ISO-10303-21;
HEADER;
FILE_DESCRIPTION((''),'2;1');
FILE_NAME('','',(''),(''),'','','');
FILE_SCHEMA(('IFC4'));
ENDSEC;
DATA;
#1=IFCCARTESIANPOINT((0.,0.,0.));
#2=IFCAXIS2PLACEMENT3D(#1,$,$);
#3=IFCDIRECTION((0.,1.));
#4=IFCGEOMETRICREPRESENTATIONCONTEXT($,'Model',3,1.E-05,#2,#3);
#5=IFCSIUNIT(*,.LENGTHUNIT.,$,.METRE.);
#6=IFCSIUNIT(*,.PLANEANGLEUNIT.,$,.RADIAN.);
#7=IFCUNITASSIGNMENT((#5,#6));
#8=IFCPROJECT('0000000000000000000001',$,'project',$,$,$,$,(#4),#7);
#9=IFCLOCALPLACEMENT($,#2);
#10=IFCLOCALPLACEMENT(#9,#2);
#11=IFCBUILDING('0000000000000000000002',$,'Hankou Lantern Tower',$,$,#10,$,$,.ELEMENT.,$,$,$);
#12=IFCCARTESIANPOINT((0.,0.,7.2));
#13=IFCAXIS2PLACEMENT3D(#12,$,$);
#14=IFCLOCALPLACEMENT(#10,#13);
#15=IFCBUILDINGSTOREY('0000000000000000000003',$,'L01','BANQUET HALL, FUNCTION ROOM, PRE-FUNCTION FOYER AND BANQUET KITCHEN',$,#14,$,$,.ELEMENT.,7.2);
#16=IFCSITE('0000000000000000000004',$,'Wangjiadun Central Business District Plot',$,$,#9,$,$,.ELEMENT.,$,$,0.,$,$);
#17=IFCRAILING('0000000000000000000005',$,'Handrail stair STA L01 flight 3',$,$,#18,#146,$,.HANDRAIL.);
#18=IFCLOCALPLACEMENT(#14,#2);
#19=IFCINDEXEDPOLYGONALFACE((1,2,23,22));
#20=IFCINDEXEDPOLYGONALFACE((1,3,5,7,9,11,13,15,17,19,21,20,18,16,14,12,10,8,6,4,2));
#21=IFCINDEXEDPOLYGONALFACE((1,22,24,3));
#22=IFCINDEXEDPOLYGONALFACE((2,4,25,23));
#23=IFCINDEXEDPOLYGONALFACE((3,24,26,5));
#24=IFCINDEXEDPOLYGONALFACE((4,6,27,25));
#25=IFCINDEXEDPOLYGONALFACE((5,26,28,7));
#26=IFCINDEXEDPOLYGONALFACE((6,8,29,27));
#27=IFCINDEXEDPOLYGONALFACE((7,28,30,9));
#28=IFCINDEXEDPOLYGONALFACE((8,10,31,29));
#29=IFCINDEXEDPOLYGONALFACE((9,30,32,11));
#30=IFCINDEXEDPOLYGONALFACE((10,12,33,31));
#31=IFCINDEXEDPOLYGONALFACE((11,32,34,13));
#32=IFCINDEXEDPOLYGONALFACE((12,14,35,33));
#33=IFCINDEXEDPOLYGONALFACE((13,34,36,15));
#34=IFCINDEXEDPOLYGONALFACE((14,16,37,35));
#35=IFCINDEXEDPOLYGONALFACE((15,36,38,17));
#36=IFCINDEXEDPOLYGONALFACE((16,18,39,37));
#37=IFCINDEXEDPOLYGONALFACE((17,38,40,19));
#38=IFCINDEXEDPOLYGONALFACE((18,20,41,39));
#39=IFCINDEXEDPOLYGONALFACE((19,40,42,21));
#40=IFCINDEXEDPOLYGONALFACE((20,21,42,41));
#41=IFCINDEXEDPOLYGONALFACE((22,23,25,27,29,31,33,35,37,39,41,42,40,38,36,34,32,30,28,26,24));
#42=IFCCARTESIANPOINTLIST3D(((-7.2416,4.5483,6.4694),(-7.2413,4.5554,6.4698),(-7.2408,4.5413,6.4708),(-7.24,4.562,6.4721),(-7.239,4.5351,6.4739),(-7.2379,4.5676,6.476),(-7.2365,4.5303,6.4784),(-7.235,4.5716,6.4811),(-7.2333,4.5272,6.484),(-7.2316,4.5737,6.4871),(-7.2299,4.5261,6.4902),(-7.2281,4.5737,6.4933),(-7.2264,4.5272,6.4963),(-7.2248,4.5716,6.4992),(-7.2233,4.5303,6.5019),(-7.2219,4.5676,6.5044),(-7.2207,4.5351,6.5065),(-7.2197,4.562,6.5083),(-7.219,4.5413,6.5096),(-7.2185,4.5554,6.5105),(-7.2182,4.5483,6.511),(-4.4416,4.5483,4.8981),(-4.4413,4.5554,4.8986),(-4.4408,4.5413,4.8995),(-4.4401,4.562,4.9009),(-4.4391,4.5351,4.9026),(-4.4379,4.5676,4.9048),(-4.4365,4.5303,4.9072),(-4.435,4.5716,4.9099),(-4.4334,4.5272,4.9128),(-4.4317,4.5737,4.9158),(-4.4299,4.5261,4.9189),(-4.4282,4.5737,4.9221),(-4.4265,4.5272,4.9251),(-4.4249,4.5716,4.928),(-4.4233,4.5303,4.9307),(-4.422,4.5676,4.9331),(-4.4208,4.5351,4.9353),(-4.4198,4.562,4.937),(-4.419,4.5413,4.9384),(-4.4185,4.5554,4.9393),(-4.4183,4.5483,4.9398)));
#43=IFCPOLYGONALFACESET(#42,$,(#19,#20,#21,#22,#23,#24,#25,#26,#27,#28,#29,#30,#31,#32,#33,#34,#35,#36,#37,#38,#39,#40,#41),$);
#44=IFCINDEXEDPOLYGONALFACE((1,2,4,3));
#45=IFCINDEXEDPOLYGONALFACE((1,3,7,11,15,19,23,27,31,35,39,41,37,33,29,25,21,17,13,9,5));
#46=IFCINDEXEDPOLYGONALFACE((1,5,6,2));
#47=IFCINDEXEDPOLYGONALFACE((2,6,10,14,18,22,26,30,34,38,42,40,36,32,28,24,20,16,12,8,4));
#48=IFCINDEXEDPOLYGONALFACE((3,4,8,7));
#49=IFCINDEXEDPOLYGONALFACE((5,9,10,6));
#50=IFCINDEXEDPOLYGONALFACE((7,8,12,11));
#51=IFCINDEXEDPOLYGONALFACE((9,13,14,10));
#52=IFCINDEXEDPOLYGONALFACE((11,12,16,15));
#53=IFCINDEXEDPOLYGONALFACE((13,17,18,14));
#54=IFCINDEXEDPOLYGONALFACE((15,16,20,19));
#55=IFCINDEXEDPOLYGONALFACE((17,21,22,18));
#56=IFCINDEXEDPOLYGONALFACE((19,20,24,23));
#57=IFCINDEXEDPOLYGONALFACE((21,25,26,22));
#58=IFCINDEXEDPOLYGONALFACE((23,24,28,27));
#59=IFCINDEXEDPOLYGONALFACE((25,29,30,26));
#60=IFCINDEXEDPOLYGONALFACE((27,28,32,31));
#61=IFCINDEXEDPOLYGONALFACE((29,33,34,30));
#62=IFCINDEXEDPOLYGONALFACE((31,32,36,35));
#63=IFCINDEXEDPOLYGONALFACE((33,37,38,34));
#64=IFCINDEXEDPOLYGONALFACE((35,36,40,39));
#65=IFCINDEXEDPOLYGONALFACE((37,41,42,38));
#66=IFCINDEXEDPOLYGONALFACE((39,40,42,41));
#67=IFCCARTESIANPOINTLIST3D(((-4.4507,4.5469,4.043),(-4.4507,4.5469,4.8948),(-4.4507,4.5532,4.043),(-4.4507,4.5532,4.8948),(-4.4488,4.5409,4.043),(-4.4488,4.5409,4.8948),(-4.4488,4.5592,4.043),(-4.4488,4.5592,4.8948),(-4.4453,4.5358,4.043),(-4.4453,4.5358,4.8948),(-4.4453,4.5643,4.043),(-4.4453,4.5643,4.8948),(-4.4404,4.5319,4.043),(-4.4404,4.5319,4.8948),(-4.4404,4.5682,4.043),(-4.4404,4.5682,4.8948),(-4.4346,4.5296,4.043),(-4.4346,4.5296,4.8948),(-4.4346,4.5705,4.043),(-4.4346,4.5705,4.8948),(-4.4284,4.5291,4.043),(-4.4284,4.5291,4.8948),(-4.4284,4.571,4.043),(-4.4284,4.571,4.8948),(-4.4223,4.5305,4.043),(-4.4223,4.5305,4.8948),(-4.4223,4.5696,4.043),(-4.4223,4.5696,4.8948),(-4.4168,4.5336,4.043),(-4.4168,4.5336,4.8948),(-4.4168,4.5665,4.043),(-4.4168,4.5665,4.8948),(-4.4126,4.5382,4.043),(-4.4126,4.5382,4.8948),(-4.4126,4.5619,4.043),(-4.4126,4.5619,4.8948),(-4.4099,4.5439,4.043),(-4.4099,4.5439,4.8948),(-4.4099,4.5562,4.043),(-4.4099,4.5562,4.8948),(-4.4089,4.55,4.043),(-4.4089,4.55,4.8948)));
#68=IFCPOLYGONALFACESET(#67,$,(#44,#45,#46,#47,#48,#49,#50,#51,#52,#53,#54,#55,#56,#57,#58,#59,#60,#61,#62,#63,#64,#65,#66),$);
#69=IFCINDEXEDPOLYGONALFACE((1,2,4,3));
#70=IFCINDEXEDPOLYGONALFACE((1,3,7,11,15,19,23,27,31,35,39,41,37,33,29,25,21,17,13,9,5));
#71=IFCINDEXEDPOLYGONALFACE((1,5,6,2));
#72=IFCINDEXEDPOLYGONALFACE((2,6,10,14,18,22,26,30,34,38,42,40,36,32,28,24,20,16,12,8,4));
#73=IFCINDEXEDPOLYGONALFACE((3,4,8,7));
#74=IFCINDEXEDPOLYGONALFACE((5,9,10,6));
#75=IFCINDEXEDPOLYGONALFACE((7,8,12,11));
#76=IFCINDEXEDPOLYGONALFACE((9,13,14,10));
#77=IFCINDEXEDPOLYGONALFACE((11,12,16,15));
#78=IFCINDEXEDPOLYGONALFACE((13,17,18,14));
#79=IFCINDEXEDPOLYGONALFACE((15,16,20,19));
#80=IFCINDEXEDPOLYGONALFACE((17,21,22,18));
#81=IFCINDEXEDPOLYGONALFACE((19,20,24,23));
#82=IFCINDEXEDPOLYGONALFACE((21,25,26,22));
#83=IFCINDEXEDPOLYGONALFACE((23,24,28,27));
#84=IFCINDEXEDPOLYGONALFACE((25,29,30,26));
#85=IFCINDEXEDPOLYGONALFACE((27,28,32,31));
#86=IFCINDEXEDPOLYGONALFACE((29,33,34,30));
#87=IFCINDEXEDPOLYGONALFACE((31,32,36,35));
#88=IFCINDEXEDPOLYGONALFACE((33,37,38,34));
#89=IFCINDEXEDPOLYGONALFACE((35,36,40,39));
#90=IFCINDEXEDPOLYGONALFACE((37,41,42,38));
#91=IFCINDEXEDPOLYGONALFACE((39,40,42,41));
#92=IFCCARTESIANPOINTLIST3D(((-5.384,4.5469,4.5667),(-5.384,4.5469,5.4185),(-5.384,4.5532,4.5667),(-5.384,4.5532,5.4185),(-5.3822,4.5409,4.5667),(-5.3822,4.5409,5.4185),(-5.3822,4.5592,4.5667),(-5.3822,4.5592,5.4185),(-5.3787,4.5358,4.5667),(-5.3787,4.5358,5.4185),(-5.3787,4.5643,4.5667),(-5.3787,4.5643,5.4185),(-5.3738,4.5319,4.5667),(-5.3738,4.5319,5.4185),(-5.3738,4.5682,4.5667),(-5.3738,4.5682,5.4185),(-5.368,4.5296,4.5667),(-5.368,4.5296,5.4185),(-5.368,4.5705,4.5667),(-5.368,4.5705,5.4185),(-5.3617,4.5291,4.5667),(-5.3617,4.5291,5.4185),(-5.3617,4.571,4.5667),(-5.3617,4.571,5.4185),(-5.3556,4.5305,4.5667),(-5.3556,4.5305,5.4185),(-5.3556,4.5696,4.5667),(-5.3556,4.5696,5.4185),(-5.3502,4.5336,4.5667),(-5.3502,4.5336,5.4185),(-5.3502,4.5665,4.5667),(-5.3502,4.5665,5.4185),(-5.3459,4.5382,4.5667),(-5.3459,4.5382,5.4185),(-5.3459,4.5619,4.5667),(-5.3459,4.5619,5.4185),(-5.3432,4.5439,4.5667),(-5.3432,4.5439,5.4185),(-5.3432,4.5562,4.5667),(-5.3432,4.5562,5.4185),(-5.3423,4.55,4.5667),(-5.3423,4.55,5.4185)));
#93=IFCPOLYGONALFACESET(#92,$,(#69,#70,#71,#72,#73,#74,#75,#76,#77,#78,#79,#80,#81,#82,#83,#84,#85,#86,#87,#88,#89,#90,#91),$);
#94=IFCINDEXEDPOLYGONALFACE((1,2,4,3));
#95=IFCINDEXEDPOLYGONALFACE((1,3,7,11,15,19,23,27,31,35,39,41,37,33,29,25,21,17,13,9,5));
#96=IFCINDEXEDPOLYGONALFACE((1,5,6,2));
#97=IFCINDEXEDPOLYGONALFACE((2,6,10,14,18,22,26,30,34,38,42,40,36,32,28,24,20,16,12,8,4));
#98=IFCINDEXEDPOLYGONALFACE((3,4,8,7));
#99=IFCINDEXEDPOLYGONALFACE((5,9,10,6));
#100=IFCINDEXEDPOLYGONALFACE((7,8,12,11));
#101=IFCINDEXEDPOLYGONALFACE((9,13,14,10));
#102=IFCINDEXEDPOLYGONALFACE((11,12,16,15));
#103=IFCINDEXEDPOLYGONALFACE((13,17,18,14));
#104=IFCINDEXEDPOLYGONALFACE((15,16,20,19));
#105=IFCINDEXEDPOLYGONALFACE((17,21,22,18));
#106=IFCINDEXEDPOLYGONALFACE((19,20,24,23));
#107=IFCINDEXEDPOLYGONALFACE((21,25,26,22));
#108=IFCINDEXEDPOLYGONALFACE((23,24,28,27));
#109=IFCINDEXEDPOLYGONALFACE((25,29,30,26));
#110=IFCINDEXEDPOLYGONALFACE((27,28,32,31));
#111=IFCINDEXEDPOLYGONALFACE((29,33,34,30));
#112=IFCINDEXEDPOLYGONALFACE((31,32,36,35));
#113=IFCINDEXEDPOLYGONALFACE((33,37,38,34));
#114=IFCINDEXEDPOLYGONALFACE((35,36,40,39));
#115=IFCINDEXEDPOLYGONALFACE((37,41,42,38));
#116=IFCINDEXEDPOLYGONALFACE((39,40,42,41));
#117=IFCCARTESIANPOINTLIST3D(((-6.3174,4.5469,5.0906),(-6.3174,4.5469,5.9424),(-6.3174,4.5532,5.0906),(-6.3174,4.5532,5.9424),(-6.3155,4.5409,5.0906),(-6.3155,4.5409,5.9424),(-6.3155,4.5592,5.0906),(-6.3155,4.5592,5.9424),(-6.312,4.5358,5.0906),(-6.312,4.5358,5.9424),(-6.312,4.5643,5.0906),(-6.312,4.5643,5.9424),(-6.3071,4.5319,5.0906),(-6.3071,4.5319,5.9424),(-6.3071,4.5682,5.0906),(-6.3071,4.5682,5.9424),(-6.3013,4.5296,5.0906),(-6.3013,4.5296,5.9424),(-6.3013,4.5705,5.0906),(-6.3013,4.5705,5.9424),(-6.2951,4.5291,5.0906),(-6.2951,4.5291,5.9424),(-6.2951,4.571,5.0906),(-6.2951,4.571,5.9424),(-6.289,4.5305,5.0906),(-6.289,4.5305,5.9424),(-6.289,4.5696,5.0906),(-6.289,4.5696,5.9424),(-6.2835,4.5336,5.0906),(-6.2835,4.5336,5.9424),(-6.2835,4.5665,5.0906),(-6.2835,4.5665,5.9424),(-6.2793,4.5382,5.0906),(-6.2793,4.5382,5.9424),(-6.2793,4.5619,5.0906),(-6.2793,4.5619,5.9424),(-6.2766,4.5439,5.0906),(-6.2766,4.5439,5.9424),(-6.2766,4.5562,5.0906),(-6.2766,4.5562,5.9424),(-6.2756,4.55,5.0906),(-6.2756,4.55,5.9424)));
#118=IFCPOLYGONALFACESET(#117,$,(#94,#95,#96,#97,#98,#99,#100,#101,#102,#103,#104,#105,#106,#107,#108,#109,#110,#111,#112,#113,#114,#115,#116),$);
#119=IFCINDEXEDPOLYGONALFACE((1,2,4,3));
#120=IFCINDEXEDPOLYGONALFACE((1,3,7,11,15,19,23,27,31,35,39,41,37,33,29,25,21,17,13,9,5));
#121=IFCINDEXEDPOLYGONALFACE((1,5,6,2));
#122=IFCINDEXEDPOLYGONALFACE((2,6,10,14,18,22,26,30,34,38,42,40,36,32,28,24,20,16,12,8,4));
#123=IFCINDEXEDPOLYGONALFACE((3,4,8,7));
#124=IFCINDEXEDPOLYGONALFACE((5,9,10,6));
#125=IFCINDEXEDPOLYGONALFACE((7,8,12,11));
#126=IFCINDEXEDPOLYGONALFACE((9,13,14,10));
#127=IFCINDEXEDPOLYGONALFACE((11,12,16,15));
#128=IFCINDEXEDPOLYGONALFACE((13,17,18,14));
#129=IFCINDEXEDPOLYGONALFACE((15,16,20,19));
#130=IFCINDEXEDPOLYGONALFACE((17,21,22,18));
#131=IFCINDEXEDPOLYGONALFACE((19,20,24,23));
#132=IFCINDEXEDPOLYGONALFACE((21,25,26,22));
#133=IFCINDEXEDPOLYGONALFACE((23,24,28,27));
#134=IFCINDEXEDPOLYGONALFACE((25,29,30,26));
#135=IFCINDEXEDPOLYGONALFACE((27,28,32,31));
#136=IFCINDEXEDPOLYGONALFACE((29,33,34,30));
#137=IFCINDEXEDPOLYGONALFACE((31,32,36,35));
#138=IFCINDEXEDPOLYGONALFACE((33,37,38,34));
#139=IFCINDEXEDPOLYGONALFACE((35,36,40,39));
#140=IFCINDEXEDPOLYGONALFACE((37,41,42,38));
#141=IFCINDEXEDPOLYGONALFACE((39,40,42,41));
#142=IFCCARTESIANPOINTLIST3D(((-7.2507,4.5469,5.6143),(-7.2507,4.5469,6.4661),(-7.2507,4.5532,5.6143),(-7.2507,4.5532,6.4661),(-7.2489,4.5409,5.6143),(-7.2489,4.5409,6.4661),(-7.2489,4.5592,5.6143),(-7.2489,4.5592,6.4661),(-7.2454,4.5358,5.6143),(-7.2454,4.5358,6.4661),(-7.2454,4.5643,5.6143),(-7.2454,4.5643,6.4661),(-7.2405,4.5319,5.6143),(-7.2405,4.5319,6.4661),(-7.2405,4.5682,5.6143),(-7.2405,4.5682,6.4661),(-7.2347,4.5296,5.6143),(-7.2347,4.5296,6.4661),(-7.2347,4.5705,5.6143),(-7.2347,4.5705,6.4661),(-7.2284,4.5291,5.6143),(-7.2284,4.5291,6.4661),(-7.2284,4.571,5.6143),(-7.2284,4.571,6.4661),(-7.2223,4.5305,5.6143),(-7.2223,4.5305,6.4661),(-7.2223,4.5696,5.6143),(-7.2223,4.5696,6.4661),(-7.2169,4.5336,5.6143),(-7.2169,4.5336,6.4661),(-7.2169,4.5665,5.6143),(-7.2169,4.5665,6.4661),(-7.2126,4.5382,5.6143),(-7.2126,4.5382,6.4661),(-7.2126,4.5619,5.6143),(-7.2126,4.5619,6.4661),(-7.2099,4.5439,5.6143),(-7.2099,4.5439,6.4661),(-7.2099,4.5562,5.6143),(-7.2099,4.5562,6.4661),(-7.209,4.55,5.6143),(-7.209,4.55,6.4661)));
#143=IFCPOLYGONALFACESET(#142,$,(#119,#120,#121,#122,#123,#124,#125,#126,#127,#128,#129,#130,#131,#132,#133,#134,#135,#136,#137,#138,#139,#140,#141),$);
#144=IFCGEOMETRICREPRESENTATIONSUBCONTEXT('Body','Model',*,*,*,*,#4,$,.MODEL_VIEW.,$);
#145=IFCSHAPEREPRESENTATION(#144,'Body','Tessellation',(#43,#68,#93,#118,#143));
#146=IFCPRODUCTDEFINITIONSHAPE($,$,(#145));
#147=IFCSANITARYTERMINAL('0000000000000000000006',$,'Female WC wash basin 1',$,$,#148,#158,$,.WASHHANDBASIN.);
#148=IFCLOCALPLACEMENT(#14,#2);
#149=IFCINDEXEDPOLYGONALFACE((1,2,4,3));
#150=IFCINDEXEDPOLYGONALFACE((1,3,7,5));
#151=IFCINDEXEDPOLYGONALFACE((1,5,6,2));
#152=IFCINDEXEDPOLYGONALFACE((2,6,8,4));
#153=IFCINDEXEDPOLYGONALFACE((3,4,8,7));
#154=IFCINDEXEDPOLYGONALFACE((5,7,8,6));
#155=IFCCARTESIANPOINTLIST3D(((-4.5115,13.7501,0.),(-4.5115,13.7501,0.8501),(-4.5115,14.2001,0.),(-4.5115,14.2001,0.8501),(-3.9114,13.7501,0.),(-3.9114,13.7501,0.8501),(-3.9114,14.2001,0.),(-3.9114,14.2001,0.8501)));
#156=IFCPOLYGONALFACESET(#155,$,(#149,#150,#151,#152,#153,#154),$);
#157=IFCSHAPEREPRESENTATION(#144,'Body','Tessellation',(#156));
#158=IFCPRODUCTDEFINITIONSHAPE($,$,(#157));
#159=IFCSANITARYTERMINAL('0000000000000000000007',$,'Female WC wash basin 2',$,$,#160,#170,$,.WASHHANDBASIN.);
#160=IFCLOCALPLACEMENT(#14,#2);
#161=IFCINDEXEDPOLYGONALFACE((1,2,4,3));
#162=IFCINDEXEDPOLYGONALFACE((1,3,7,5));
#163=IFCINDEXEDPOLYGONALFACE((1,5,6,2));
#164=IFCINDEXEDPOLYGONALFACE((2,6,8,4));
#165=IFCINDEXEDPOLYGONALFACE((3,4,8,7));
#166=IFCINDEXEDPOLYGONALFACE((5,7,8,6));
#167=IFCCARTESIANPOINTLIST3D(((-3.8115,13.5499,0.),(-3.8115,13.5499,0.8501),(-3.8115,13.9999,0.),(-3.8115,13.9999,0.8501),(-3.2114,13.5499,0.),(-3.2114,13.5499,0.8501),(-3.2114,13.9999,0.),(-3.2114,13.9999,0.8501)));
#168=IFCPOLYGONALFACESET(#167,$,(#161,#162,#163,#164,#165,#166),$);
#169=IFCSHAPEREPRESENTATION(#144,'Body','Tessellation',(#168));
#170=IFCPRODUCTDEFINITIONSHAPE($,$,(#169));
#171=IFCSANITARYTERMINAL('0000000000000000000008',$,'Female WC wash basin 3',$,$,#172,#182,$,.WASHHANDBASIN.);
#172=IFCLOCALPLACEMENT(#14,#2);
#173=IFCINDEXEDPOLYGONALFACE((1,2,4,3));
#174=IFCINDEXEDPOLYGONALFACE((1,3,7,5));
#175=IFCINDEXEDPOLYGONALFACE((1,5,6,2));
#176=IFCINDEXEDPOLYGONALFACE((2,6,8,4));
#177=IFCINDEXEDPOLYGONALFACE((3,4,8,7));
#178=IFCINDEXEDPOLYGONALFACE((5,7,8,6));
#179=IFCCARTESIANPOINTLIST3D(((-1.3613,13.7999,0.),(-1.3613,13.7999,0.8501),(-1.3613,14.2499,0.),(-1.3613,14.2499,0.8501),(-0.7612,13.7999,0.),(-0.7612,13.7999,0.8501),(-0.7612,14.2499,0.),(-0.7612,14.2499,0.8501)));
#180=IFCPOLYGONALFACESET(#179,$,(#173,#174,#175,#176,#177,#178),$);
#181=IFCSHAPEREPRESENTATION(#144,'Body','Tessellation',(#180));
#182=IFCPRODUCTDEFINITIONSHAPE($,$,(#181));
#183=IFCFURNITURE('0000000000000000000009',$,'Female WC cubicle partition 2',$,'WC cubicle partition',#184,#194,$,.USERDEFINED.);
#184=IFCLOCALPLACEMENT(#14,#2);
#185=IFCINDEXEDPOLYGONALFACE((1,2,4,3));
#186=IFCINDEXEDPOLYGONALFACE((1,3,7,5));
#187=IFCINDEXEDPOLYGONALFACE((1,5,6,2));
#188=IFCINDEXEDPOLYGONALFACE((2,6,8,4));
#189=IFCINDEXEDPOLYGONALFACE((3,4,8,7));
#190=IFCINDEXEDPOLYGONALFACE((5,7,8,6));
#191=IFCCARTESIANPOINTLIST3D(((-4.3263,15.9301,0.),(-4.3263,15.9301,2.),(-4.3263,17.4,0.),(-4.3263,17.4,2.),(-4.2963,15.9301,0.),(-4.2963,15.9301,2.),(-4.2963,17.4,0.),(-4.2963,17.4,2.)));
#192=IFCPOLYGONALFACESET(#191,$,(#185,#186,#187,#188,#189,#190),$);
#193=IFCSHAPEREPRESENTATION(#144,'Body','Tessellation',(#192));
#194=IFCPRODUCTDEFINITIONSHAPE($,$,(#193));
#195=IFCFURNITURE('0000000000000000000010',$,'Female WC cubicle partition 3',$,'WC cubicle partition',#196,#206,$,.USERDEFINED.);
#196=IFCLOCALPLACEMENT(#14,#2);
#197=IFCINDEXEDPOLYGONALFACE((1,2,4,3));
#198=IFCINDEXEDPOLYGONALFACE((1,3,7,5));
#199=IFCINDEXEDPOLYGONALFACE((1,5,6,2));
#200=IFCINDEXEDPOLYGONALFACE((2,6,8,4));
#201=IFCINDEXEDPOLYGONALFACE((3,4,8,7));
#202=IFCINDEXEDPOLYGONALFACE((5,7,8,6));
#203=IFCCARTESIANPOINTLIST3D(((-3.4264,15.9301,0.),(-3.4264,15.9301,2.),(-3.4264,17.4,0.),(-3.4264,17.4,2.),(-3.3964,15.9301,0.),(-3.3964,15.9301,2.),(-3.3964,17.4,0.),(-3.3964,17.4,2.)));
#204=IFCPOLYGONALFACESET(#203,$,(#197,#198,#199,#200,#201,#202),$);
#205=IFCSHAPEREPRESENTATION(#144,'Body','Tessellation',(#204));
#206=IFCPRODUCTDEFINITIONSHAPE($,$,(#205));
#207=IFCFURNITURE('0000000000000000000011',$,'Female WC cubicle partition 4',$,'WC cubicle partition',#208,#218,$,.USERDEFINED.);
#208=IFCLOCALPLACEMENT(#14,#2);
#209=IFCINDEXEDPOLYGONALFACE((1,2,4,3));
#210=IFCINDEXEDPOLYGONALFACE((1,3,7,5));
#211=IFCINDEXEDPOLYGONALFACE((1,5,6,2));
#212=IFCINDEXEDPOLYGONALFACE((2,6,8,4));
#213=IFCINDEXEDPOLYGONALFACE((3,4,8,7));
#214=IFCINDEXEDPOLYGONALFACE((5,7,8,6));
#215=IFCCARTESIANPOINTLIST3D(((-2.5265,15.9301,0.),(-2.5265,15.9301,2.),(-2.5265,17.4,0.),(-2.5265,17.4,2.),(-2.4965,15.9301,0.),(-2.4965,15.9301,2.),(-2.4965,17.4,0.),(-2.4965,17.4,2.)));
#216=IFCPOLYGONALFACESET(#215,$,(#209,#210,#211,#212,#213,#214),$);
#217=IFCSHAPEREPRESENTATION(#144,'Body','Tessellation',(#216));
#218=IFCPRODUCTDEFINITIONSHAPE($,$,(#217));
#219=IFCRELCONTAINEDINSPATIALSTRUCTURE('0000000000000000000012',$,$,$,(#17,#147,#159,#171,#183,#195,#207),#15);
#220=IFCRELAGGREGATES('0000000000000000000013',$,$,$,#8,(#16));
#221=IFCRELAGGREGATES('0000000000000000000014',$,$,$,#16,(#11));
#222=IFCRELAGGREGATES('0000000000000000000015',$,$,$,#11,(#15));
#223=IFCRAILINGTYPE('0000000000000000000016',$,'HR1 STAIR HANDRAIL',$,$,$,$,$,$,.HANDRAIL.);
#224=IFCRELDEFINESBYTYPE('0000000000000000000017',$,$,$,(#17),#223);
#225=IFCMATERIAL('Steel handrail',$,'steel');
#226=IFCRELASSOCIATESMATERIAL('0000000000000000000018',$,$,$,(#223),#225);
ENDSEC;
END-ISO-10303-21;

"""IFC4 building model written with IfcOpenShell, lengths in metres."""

from ifc_helpers import new_model, si_unit, direction, frame, origin, origin_2d, place, context, subcontext, project, spatial, rectangle, circle, extrude, material, type_object, element, save


model = new_model("IFC4")

# Units and contexts
model_context = context("Model", 3, precision=1e-05, world=origin(), true_north=direction((0.0, 1.0)))
body_context = subcontext(model_context, "Body", "Model", "MODEL_VIEW")
ifc_project = project(units=[si_unit("LENGTHUNIT", "METRE"), si_unit("PLANEANGLEUNIT", "RADIAN")], contexts=[model_context])

# Site, building, storey
site_placement = place(None, origin())
site = spatial("IfcSite", under=ifc_project, at=site_placement, Name="Wangjiadun Central Business District Plot", CompositionType="ELEMENT", RefElevation=0.0)
building_placement = place(site_placement, origin())
building = spatial("IfcBuilding", under=site, at=building_placement, Name="Hankou Lantern Tower", CompositionType="ELEMENT")
storey_placement = place(building_placement, frame((0.0, 0.0, 7.2)))
storey = spatial("IfcBuildingStorey", under=building, at=storey_placement, Name="L01", Description="BANQUET HALL, FUNCTION ROOM, PRE-FUNCTION FOYER AND BANQUET KITCHEN", CompositionType="ELEMENT", Elevation=7.2)

# Railing
ifc_material_1 = material(Name="Steel handrail", Category="steel")
railing_type = type_object("IfcRailingType", Name="HR1 STAIR HANDRAIL", PredefinedType="HANDRAIL", material=ifc_material_1)
railing_1_placement = place(storey_placement, frame((-4.4299, 4.55, 4.043)))
element("IfcRailing", 1, at=railing_1_placement, inside=storey, type_object=railing_type, Name="Handrail stair STA L01 flight 3", PredefinedType="HANDRAIL", context=body_context, shape_type="SweptSolid", body=[
    extrude(circle(Radius=0.0239, at=origin_2d()), frame((0.0, 0.0, 0.876), z_axis=(-0.872073, 0.0, 0.489377), x_axis=(0.0, -1.0, 0.0)), (0.0, 0.0, 1.0), 3.2107),
    extrude(circle(Radius=0.021, at=origin_2d()), origin(), (0.0, 0.0, 1.0), 0.8518),
    extrude(circle(Radius=0.021, at=origin_2d()), frame((-0.9333, 0.0, 0.5237)), (0.0, 0.0, 1.0), 0.8518),
    extrude(circle(Radius=0.021, at=origin_2d()), frame((-1.8667, 0.0, 1.0476)), (0.0, 0.0, 1.0), 0.8518),
    extrude(circle(Radius=0.021, at=origin_2d()), frame((-2.8, 0.0, 1.5713)), (0.0, 0.0, 1.0), 0.8518),
])

# Sanitary terminals
for number, where, z_axis, x_axis, name in (
    (2, (-4.2114, 13.9751, 0.0), (0.0, 0.0, 1.0), (1.0, 0.0, 0.0), "Female WC wash basin 1"),
    (3, (-3.5115, 13.7749, 0.0), (0.0, 0.0, 1.0), (1.0, 0.0, 0.0), "Female WC wash basin 2"),
    (4, (-1.0613, 14.0249, 0.0), (0.0, 0.0, 1.0), (1.0, 0.0, 0.0), "Female WC wash basin 3"),
):
    element("IfcSanitaryTerminal", number, at=place(storey_placement, frame(where, z_axis=z_axis, x_axis=x_axis)), inside=storey, Name=name, PredefinedType="WASHHANDBASIN", context=body_context, shape_type="SweptSolid", body=[
        extrude(rectangle(XDim=0.6001, YDim=0.45, at=origin_2d()), origin(), (0.0, 0.0, 1.0), 0.8501),
    ])

# Furniture
for number, where, z_axis, x_axis, name in (
    (5, (-4.3113, 16.665, 0.0), (0.0, 0.0, 1.0), (1.0, 0.0, 0.0), "Female WC cubicle partition 2"),
    (6, (-3.4114, 16.665, 0.0), (0.0, 0.0, 1.0), (1.0, 0.0, 0.0), "Female WC cubicle partition 3"),
    (7, (-2.5115, 16.665, 0.0), (0.0, 0.0, 1.0), (1.0, 0.0, 0.0), "Female WC cubicle partition 4"),
):
    element("IfcFurniture", number, at=place(storey_placement, frame(where, z_axis=z_axis, x_axis=x_axis)), inside=storey, Name=name, ObjectType="WC cubicle partition", PredefinedType="USERDEFINED", context=body_context, shape_type="SweptSolid", body=[
        extrude(rectangle(XDim=0.03, YDim=1.47, at=origin_2d()), origin(), (0.0, 0.0, 1.0), 2.0),
    ])

save(model, "model.ifc")
